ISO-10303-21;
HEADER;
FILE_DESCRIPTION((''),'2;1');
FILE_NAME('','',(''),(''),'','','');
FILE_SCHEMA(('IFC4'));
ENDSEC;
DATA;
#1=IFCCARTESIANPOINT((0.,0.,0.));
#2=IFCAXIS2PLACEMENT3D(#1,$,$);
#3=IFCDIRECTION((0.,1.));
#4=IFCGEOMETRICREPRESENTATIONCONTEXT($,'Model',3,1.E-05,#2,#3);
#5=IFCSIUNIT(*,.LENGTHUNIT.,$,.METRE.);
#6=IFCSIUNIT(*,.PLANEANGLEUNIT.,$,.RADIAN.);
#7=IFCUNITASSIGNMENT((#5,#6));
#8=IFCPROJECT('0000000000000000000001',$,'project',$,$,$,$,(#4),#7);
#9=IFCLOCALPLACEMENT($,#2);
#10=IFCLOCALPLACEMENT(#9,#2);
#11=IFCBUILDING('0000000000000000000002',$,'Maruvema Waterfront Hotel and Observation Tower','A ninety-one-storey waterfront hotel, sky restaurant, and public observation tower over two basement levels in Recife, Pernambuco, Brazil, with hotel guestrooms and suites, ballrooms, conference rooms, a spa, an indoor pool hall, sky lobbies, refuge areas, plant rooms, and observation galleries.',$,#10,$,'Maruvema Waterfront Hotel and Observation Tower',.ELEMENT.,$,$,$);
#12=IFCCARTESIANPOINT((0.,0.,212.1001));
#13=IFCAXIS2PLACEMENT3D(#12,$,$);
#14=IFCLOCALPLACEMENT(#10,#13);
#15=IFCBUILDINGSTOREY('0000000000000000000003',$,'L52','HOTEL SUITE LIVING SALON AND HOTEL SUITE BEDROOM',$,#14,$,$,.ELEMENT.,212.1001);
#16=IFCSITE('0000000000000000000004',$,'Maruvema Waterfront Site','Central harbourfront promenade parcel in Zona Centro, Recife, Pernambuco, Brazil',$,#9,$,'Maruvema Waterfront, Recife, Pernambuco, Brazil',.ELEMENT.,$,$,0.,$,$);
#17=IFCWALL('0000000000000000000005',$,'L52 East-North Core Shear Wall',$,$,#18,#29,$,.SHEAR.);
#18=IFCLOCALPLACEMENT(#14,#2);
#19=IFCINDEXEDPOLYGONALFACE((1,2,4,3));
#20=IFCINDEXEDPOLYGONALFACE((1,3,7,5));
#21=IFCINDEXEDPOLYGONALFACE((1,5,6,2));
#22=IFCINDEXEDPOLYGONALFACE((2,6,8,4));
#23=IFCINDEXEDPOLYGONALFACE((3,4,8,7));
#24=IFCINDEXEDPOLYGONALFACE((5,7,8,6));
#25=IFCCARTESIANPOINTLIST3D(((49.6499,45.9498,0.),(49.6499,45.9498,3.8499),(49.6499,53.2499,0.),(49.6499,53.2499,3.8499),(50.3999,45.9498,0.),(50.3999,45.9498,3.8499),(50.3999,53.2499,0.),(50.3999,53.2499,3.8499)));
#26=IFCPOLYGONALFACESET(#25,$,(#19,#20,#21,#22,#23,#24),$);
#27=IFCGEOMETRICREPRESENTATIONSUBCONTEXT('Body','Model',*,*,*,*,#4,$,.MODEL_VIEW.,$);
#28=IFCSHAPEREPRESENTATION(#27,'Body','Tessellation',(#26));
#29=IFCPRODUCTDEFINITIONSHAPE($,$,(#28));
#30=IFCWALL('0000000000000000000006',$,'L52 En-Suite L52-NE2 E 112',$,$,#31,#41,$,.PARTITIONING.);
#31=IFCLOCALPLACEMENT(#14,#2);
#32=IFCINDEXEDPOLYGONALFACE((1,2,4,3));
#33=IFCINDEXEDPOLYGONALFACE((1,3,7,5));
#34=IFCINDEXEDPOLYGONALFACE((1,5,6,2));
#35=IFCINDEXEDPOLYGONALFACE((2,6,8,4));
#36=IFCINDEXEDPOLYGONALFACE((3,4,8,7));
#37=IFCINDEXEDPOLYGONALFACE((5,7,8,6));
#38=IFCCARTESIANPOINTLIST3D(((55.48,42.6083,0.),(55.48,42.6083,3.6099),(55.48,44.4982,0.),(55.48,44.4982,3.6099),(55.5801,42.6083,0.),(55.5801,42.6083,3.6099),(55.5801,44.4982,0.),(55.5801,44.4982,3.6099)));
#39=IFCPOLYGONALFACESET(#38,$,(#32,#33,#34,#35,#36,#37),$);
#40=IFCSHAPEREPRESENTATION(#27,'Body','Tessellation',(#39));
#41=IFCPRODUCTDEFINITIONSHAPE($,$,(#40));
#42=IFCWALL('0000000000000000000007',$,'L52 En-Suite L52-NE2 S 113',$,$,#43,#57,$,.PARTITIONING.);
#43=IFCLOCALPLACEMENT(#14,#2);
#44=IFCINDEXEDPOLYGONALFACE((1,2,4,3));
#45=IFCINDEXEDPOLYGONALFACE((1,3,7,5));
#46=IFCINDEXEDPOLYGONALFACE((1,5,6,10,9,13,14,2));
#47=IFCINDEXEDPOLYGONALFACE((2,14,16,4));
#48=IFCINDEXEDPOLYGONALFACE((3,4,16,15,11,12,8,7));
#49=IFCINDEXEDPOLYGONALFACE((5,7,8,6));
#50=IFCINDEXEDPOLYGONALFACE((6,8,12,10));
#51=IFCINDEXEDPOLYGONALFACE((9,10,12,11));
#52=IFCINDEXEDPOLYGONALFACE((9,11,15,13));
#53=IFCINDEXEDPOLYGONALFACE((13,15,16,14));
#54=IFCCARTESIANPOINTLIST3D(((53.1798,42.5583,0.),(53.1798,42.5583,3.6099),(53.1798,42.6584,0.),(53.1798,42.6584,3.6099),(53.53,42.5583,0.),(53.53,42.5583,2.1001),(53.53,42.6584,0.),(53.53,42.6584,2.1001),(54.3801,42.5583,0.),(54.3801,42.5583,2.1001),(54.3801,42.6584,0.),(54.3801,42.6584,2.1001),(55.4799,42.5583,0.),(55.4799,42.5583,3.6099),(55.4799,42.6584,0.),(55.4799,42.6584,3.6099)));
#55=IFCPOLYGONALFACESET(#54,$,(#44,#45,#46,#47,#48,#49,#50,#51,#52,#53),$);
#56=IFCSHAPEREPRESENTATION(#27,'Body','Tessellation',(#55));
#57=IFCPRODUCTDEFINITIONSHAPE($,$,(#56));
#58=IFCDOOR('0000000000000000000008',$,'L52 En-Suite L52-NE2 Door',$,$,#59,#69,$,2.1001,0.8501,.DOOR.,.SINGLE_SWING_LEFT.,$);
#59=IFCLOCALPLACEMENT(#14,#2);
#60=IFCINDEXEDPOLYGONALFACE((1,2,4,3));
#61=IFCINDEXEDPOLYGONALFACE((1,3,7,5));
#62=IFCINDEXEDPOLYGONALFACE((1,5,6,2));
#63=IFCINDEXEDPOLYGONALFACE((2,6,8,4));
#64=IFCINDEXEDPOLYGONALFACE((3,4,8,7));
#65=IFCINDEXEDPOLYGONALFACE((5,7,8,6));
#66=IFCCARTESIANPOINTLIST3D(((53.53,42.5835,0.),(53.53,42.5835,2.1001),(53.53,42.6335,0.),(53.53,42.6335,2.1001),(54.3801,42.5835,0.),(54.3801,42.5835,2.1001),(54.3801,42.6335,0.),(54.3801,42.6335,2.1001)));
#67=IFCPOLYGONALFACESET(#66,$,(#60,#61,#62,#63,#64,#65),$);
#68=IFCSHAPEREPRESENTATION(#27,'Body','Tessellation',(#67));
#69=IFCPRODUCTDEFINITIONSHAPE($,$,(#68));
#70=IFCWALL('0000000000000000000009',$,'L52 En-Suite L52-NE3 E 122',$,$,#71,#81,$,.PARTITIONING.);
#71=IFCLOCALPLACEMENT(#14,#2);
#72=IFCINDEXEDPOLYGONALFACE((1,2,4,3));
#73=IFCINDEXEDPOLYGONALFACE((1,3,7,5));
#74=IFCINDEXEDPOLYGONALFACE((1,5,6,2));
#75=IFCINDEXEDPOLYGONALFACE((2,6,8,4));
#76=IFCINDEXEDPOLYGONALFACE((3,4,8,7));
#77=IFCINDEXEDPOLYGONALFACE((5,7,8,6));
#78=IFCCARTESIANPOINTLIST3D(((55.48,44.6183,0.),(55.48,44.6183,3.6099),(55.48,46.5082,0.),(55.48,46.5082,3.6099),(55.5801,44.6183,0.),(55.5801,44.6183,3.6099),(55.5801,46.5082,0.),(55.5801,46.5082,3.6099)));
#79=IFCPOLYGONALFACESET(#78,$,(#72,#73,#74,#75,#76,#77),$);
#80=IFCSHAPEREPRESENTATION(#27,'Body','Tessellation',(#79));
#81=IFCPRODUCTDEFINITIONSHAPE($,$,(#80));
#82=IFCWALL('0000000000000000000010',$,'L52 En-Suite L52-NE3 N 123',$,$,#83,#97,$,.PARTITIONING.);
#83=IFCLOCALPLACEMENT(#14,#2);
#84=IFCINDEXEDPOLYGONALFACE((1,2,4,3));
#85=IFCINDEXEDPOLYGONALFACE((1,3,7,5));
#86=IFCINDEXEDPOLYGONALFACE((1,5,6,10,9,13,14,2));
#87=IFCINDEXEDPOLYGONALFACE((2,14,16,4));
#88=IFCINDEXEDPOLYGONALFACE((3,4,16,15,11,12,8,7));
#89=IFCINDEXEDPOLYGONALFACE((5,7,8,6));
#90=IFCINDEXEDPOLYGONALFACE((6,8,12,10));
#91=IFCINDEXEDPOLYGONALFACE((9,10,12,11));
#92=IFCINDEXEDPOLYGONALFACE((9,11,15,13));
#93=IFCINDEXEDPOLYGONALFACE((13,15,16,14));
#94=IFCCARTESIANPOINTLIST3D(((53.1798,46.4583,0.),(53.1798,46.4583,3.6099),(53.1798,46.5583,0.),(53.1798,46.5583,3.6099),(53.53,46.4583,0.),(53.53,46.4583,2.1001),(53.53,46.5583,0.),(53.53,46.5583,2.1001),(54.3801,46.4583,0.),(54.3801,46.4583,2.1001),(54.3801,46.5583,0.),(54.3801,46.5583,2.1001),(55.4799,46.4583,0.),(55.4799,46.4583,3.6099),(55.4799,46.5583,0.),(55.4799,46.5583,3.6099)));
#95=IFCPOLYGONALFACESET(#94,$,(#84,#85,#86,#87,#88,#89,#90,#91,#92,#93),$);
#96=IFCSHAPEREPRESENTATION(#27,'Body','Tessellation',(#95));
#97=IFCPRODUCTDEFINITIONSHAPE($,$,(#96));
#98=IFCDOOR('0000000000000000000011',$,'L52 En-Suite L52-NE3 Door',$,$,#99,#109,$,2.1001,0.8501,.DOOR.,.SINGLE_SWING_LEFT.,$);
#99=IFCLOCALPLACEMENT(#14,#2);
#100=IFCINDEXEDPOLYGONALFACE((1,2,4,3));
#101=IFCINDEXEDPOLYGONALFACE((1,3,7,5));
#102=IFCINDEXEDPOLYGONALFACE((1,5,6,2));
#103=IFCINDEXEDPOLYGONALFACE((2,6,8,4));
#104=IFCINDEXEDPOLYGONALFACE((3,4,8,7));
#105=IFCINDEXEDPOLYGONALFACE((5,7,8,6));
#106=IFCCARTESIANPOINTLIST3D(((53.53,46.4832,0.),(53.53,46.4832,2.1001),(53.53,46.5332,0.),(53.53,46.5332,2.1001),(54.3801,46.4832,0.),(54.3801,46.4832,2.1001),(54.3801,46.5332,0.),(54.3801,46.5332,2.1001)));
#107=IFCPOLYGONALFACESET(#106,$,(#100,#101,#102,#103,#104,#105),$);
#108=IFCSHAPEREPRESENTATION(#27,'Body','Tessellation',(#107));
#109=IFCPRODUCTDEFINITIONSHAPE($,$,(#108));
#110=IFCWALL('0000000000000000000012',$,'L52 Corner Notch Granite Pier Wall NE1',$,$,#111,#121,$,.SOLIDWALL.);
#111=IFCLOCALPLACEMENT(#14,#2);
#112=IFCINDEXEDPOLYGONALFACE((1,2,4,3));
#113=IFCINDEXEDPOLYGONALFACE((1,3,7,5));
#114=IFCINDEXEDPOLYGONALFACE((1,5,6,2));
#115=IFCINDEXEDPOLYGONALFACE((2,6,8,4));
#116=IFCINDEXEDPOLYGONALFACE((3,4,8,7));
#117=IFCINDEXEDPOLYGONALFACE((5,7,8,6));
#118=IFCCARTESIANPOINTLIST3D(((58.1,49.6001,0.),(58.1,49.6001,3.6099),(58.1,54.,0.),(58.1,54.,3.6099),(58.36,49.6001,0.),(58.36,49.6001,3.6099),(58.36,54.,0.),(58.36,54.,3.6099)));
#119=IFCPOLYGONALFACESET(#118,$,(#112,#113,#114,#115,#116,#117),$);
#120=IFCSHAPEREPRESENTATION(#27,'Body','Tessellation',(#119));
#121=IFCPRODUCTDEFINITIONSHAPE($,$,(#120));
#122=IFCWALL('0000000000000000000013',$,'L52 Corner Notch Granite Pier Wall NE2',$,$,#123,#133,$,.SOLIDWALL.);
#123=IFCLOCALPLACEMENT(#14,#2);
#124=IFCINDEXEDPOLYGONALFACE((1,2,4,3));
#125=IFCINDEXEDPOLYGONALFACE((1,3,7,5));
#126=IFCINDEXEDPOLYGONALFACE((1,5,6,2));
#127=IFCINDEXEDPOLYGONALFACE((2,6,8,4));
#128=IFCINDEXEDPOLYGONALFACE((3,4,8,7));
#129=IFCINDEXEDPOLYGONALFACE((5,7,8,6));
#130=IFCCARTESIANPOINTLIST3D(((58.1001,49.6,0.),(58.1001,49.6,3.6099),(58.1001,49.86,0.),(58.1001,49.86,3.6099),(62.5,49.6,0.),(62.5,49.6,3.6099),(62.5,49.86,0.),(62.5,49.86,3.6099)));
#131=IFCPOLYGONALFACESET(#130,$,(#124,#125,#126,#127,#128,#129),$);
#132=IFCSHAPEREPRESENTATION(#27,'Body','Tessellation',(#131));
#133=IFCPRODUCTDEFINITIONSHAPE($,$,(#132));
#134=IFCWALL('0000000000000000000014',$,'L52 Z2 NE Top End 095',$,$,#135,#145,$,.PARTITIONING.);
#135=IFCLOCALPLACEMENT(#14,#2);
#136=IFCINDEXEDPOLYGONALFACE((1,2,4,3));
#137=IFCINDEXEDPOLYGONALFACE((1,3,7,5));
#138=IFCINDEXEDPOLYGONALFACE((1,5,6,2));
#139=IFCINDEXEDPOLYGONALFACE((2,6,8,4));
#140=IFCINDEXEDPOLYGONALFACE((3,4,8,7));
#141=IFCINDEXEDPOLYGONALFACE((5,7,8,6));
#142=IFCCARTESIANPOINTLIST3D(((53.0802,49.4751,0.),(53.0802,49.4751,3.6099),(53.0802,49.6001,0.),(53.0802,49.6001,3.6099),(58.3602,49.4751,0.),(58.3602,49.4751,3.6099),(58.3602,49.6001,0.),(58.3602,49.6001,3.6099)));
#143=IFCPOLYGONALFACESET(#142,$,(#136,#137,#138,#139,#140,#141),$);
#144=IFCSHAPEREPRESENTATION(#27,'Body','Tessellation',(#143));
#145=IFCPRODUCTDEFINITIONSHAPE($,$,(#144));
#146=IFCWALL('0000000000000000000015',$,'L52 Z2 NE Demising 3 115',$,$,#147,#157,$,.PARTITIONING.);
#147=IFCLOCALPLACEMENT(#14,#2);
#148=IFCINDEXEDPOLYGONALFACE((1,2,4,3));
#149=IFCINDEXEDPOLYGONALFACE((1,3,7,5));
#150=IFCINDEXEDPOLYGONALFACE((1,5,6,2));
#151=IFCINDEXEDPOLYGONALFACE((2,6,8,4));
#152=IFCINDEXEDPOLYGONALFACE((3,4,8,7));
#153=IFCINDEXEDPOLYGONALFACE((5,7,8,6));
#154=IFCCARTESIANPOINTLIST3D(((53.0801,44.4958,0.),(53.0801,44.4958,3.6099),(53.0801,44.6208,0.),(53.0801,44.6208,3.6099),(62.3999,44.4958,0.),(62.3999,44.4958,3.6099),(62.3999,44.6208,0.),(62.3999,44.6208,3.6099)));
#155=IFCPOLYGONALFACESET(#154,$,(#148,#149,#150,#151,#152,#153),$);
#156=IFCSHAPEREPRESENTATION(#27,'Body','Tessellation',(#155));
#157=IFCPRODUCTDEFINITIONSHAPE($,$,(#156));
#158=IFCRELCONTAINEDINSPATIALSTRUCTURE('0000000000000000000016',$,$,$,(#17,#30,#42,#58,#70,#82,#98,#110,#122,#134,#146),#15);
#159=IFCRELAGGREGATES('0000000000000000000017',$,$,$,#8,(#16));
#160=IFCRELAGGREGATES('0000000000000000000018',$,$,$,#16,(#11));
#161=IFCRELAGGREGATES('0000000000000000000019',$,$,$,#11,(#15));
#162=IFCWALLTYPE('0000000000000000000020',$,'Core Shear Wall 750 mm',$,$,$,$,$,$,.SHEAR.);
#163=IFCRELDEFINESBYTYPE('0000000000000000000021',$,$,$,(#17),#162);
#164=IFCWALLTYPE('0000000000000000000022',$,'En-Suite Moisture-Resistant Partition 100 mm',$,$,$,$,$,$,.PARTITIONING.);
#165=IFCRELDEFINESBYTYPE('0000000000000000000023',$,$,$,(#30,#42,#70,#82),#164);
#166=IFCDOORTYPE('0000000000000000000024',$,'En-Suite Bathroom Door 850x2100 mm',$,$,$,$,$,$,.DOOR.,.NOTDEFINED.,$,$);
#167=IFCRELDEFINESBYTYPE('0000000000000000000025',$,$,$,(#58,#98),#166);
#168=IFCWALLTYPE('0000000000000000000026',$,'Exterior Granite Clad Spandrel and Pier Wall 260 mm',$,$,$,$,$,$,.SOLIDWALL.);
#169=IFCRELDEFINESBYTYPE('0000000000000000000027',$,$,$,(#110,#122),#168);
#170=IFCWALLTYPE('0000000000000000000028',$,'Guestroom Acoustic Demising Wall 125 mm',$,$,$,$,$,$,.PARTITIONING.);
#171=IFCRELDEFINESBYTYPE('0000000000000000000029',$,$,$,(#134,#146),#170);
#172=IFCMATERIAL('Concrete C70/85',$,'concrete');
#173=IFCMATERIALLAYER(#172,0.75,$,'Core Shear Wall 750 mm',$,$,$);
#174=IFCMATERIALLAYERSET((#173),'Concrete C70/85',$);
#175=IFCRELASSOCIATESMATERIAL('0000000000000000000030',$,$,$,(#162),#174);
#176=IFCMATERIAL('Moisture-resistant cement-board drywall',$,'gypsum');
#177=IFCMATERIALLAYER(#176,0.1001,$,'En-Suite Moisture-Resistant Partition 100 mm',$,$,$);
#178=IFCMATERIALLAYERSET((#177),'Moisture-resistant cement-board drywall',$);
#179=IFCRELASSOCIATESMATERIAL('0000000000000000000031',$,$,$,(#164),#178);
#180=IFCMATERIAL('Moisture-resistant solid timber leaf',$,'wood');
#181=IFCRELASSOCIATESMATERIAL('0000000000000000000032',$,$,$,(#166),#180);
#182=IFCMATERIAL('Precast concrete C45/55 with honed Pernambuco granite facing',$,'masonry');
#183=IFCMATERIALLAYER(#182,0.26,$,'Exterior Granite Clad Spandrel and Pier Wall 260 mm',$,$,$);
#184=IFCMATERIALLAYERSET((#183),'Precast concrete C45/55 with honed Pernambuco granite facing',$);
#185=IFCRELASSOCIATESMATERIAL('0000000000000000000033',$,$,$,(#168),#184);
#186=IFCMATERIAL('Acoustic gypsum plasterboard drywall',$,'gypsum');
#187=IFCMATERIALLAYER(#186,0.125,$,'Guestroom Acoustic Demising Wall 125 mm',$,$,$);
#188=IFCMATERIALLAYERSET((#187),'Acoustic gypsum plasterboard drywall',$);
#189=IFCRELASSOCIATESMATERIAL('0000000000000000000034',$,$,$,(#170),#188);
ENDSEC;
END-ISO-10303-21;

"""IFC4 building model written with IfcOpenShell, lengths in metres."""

from ifc_helpers import new_model, si_unit, direction, frame, frame_2d, origin, place, context, subcontext, project, spatial, rectangle, extrude, material, layer, layer_set, type_object, element, fill, save


model = new_model("IFC4")

# Units and contexts
model_context = context("Model", 3, precision=1e-05, world=origin(), true_north=direction((0.0, 1.0)))
body_context = subcontext(model_context, "Body", "Model", "MODEL_VIEW")
ifc_project = project(units=[si_unit("LENGTHUNIT", "METRE"), si_unit("PLANEANGLEUNIT", "RADIAN")], contexts=[model_context])

# Site, building, storey
site_placement = place(None, origin())
site = spatial("IfcSite", under=ifc_project, at=site_placement, Name="Maruvema Waterfront Site", Description="Central harbourfront promenade parcel in Zona Centro, Recife, Pernambuco, Brazil", LongName="Maruvema Waterfront, Recife, Pernambuco, Brazil", CompositionType="ELEMENT", RefElevation=0.0)
building_placement = place(site_placement, origin())
building = spatial("IfcBuilding", under=site, at=building_placement, Name="Maruvema Waterfront Hotel and Observation Tower", Description="A ninety-one-storey waterfront hotel, sky restaurant, and public observation tower over two basement levels in Recife, Pernambuco, Brazil, with hotel guestrooms and suites, ballrooms, conference rooms, a spa, an indoor pool hall, sky lobbies, refuge areas, plant rooms, and observation galleries.", LongName="Maruvema Waterfront Hotel and Observation Tower", CompositionType="ELEMENT")
storey_placement = place(building_placement, frame((0.0, 0.0, 212.1001)))
storey = spatial("IfcBuildingStorey", under=building, at=storey_placement, Name="L52", Description="HOTEL SUITE LIVING SALON AND HOTEL SUITE BEDROOM", CompositionType="ELEMENT", Elevation=212.1001)

# Walls
ifc_material_1 = material(Name="Concrete C70/85", Category="concrete")
ifc_layer_1 = layer(ifc_material_1, 0.75, Name="Core Shear Wall 750 mm")
ifc_layer_set_1 = layer_set([ifc_layer_1], Name="Concrete C70/85")
wall_type_1 = type_object("IfcWallType", Name="Core Shear Wall 750 mm", PredefinedType="SHEAR", material=ifc_layer_set_1)
wall_1_placement = place(storey_placement, frame((50.0249, 45.95, 0.0), z_axis=(0.0, 0.0, 1.0), x_axis=(0.0, 1.0, 0.0)))
element("IfcWall", 1, at=wall_1_placement, inside=storey, type_object=wall_type_1, Name="L52 East-North Core Shear Wall", PredefinedType="SHEAR", context=body_context, shape_type="SweptSolid", body=[
    extrude(rectangle(XDim=7.3, YDim=0.75, at=frame_2d((3.6499, 0.0))), origin(), (0.0, 0.0, 1.0), 3.8499),
])
ifc_material_2 = material(Name="Moisture-resistant cement-board drywall", Category="gypsum")
ifc_layer_2 = layer(ifc_material_2, 0.1001, Name="En-Suite Moisture-Resistant Partition 100 mm")
ifc_layer_set_2 = layer_set([ifc_layer_2], Name="Moisture-resistant cement-board drywall")
wall_type_2 = type_object("IfcWallType", Name="En-Suite Moisture-Resistant Partition 100 mm", PredefinedType="PARTITIONING", material=ifc_layer_set_2)
wall_2_placement = place(storey_placement, frame((55.53, 42.6084, 0.0), z_axis=(0.0, 0.0, 1.0), x_axis=(0.0, 1.0, 0.0)))
element("IfcWall", 2, at=wall_2_placement, inside=storey, type_object=wall_type_2, Name="L52 En-Suite L52-NE2 E 112", PredefinedType="PARTITIONING", context=body_context, shape_type="SweptSolid", body=[
    extrude(rectangle(XDim=1.8899, YDim=0.1001, at=frame_2d((0.9448, 0.0))), origin(), (0.0, 0.0, 1.0), 3.6099),
])

# Wall, opening, door
wall_3_placement = place(storey_placement, frame((53.1799, 42.6084, 0.0), z_axis=(0.0, 0.0, 1.0), x_axis=(1.0, 0.0, 0.0)))
wall_3 = element("IfcWall", 3, at=wall_3_placement, inside=storey, type_object=wall_type_2, Name="L52 En-Suite L52-NE2 S 113", PredefinedType="PARTITIONING", context=body_context, shape_type="SweptSolid", body=[
    extrude(rectangle(XDim=2.3, YDim=0.1001, at=frame_2d((1.1499, 0.0))), origin(), (0.0, 0.0, 1.0), 3.6099),
])
opening_1_placement = place(wall_3_placement, frame((0.3501, 0.0, 0.0)))
opening_1 = element("IfcOpeningElement", 4, at=opening_1_placement, cuts=wall_3, PredefinedType="OPENING", context=body_context, shape_type="SweptSolid", body=[
    extrude(rectangle(XDim=0.8501, YDim=2.1001, at=frame_2d((0.425, 1.05))), frame((0.0, 0.0601, 0.0), z_axis=(0.0, -1.0, 0.0), x_axis=(1.0, 0.0, 0.0)), (0.0, 0.0, 1.0), 0.1201),
])
ifc_material_3 = material(Name="Moisture-resistant solid timber leaf", Category="wood")
door_type_1 = type_object("IfcDoorType", Name="En-Suite Bathroom Door 850x2100 mm", OperationType="NOTDEFINED", PredefinedType="DOOR", material=ifc_material_3)
door_1_placement = place(opening_1_placement, frame((0.8501, 0.0, 0.0), z_axis=(0.0, 0.0, 1.0), x_axis=(-1.0, 0.0, 0.0)))
door_1 = element("IfcDoor", 5, at=door_1_placement, inside=storey, type_object=door_type_1, Name="L52 En-Suite L52-NE2 Door", OperationType="SINGLE_SWING_LEFT", OverallHeight=2.1001, OverallWidth=0.8501, PredefinedType="DOOR", context=body_context, shape_type="SweptSolid", body=[
    extrude(rectangle(XDim=0.8501, YDim=2.1001, at=frame_2d((0.425, 1.05))), frame((0.0, 0.0249, 0.0), z_axis=(0.0, -1.0, 0.0), x_axis=(1.0, 0.0, 0.0)), (0.0, 0.0, 1.0), 0.05),
])
fill(opening_1, door_1)

# Wall
wall_4_placement = place(storey_placement, frame((55.53, 44.6184, 0.0), z_axis=(0.0, 0.0, 1.0), x_axis=(0.0, 1.0, 0.0)))
element("IfcWall", 6, at=wall_4_placement, inside=storey, type_object=wall_type_2, Name="L52 En-Suite L52-NE3 E 122", PredefinedType="PARTITIONING", context=body_context, shape_type="SweptSolid", body=[
    extrude(rectangle(XDim=1.8899, YDim=0.1001, at=frame_2d((0.9448, 0.0))), origin(), (0.0, 0.0, 1.0), 3.6099),
])

# Wall, opening, door
wall_5_placement = place(storey_placement, frame((53.1799, 46.5083, 0.0), z_axis=(0.0, 0.0, 1.0), x_axis=(1.0, 0.0, 0.0)))
wall_5 = element("IfcWall", 7, at=wall_5_placement, inside=storey, type_object=wall_type_2, Name="L52 En-Suite L52-NE3 N 123", PredefinedType="PARTITIONING", context=body_context, shape_type="SweptSolid", body=[
    extrude(rectangle(XDim=2.3, YDim=0.1001, at=frame_2d((1.1499, 0.0))), origin(), (0.0, 0.0, 1.0), 3.6099),
])
opening_2_placement = place(wall_5_placement, frame((0.3501, 0.0, 0.0)))
opening_2 = element("IfcOpeningElement", 8, at=opening_2_placement, cuts=wall_5, PredefinedType="OPENING", context=body_context, shape_type="SweptSolid", body=[
    extrude(rectangle(XDim=0.8501, YDim=2.1001, at=frame_2d((0.425, 1.05))), frame((0.0, 0.0601, 0.0), z_axis=(0.0, -1.0, 0.0), x_axis=(1.0, 0.0, 0.0)), (0.0, 0.0, 1.0), 0.1201),
])
door_2_placement = place(opening_2_placement, origin())
door_2 = element("IfcDoor", 9, at=door_2_placement, inside=storey, type_object=door_type_1, Name="L52 En-Suite L52-NE3 Door", OperationType="SINGLE_SWING_LEFT", OverallHeight=2.1001, OverallWidth=0.8501, PredefinedType="DOOR", context=body_context, shape_type="SweptSolid", body=[
    extrude(rectangle(XDim=0.8501, YDim=2.1001, at=frame_2d((0.425, 1.05))), frame((0.0, 0.0249, 0.0), z_axis=(0.0, -1.0, 0.0), x_axis=(1.0, 0.0, 0.0)), (0.0, 0.0, 1.0), 0.05),
])
fill(opening_2, door_2)

# Walls
ifc_material_4 = material(Name="Precast concrete C45/55 with honed Pernambuco granite facing", Category="masonry")
ifc_layer_3 = layer(ifc_material_4, 0.26, Name="Exterior Granite Clad Spandrel and Pier Wall 260 mm")
ifc_layer_set_3 = layer_set([ifc_layer_3], Name="Precast concrete C45/55 with honed Pernambuco granite facing")
wall_type_3 = type_object("IfcWallType", Name="Exterior Granite Clad Spandrel and Pier Wall 260 mm", PredefinedType="SOLIDWALL", material=ifc_layer_set_3)
for number, where, z_axis, x_axis, name in (
    (10, (58.23, 54.0, 0.0), (0.0, 0.0, 1.0), (0.0, -1.0, 0.0), "L52 Corner Notch Granite Pier Wall NE1"),
    (11, (58.1001, 49.73, 0.0), (0.0, 0.0, 1.0), (1.0, 0.0, 0.0), "L52 Corner Notch Granite Pier Wall NE2"),
):
    element("IfcWall", number, at=place(storey_placement, frame(where, z_axis=z_axis, x_axis=x_axis)), inside=storey, type_object=wall_type_3, Name=name, PredefinedType="SOLIDWALL", context=body_context, shape_type="SweptSolid", body=[
        extrude(rectangle(XDim=4.3999, YDim=0.26, at=frame_2d((2.2, 0.0))), origin(), (0.0, 0.0, 1.0), 3.6099),
    ])
ifc_material_5 = material(Name="Acoustic gypsum plasterboard drywall", Category="gypsum")
ifc_layer_4 = layer(ifc_material_5, 0.125, Name="Guestroom Acoustic Demising Wall 125 mm")
ifc_layer_set_4 = layer_set([ifc_layer_4], Name="Acoustic gypsum plasterboard drywall")
wall_type_4 = type_object("IfcWallType", Name="Guestroom Acoustic Demising Wall 125 mm", PredefinedType="PARTITIONING", material=ifc_layer_set_4)
wall_6_placement = place(storey_placement, frame((53.0801, 49.5376, 0.0), z_axis=(0.0, 0.0, 1.0), x_axis=(1.0, 0.0, 0.0)))
element("IfcWall", 12, at=wall_6_placement, inside=storey, type_object=wall_type_4, Name="L52 Z2 NE Top End 095", PredefinedType="PARTITIONING", context=body_context, shape_type="SweptSolid", body=[
    extrude(rectangle(XDim=5.28, YDim=0.125, at=frame_2d((2.6401, 0.0))), origin(), (0.0, 0.0, 1.0), 3.6099),
])
wall_7_placement = place(storey_placement, frame((53.0801, 44.5583, 0.0), z_axis=(0.0, 0.0, 1.0), x_axis=(1.0, 0.0, 0.0)))
element("IfcWall", 13, at=wall_7_placement, inside=storey, type_object=wall_type_4, Name="L52 Z2 NE Demising 3 115", PredefinedType="PARTITIONING", context=body_context, shape_type="SweptSolid", body=[
    extrude(rectangle(XDim=9.3198, YDim=0.125, at=frame_2d((4.6599, 0.0))), origin(), (0.0, 0.0, 1.0), 3.6099),
])

save(model, "model.ifc")
